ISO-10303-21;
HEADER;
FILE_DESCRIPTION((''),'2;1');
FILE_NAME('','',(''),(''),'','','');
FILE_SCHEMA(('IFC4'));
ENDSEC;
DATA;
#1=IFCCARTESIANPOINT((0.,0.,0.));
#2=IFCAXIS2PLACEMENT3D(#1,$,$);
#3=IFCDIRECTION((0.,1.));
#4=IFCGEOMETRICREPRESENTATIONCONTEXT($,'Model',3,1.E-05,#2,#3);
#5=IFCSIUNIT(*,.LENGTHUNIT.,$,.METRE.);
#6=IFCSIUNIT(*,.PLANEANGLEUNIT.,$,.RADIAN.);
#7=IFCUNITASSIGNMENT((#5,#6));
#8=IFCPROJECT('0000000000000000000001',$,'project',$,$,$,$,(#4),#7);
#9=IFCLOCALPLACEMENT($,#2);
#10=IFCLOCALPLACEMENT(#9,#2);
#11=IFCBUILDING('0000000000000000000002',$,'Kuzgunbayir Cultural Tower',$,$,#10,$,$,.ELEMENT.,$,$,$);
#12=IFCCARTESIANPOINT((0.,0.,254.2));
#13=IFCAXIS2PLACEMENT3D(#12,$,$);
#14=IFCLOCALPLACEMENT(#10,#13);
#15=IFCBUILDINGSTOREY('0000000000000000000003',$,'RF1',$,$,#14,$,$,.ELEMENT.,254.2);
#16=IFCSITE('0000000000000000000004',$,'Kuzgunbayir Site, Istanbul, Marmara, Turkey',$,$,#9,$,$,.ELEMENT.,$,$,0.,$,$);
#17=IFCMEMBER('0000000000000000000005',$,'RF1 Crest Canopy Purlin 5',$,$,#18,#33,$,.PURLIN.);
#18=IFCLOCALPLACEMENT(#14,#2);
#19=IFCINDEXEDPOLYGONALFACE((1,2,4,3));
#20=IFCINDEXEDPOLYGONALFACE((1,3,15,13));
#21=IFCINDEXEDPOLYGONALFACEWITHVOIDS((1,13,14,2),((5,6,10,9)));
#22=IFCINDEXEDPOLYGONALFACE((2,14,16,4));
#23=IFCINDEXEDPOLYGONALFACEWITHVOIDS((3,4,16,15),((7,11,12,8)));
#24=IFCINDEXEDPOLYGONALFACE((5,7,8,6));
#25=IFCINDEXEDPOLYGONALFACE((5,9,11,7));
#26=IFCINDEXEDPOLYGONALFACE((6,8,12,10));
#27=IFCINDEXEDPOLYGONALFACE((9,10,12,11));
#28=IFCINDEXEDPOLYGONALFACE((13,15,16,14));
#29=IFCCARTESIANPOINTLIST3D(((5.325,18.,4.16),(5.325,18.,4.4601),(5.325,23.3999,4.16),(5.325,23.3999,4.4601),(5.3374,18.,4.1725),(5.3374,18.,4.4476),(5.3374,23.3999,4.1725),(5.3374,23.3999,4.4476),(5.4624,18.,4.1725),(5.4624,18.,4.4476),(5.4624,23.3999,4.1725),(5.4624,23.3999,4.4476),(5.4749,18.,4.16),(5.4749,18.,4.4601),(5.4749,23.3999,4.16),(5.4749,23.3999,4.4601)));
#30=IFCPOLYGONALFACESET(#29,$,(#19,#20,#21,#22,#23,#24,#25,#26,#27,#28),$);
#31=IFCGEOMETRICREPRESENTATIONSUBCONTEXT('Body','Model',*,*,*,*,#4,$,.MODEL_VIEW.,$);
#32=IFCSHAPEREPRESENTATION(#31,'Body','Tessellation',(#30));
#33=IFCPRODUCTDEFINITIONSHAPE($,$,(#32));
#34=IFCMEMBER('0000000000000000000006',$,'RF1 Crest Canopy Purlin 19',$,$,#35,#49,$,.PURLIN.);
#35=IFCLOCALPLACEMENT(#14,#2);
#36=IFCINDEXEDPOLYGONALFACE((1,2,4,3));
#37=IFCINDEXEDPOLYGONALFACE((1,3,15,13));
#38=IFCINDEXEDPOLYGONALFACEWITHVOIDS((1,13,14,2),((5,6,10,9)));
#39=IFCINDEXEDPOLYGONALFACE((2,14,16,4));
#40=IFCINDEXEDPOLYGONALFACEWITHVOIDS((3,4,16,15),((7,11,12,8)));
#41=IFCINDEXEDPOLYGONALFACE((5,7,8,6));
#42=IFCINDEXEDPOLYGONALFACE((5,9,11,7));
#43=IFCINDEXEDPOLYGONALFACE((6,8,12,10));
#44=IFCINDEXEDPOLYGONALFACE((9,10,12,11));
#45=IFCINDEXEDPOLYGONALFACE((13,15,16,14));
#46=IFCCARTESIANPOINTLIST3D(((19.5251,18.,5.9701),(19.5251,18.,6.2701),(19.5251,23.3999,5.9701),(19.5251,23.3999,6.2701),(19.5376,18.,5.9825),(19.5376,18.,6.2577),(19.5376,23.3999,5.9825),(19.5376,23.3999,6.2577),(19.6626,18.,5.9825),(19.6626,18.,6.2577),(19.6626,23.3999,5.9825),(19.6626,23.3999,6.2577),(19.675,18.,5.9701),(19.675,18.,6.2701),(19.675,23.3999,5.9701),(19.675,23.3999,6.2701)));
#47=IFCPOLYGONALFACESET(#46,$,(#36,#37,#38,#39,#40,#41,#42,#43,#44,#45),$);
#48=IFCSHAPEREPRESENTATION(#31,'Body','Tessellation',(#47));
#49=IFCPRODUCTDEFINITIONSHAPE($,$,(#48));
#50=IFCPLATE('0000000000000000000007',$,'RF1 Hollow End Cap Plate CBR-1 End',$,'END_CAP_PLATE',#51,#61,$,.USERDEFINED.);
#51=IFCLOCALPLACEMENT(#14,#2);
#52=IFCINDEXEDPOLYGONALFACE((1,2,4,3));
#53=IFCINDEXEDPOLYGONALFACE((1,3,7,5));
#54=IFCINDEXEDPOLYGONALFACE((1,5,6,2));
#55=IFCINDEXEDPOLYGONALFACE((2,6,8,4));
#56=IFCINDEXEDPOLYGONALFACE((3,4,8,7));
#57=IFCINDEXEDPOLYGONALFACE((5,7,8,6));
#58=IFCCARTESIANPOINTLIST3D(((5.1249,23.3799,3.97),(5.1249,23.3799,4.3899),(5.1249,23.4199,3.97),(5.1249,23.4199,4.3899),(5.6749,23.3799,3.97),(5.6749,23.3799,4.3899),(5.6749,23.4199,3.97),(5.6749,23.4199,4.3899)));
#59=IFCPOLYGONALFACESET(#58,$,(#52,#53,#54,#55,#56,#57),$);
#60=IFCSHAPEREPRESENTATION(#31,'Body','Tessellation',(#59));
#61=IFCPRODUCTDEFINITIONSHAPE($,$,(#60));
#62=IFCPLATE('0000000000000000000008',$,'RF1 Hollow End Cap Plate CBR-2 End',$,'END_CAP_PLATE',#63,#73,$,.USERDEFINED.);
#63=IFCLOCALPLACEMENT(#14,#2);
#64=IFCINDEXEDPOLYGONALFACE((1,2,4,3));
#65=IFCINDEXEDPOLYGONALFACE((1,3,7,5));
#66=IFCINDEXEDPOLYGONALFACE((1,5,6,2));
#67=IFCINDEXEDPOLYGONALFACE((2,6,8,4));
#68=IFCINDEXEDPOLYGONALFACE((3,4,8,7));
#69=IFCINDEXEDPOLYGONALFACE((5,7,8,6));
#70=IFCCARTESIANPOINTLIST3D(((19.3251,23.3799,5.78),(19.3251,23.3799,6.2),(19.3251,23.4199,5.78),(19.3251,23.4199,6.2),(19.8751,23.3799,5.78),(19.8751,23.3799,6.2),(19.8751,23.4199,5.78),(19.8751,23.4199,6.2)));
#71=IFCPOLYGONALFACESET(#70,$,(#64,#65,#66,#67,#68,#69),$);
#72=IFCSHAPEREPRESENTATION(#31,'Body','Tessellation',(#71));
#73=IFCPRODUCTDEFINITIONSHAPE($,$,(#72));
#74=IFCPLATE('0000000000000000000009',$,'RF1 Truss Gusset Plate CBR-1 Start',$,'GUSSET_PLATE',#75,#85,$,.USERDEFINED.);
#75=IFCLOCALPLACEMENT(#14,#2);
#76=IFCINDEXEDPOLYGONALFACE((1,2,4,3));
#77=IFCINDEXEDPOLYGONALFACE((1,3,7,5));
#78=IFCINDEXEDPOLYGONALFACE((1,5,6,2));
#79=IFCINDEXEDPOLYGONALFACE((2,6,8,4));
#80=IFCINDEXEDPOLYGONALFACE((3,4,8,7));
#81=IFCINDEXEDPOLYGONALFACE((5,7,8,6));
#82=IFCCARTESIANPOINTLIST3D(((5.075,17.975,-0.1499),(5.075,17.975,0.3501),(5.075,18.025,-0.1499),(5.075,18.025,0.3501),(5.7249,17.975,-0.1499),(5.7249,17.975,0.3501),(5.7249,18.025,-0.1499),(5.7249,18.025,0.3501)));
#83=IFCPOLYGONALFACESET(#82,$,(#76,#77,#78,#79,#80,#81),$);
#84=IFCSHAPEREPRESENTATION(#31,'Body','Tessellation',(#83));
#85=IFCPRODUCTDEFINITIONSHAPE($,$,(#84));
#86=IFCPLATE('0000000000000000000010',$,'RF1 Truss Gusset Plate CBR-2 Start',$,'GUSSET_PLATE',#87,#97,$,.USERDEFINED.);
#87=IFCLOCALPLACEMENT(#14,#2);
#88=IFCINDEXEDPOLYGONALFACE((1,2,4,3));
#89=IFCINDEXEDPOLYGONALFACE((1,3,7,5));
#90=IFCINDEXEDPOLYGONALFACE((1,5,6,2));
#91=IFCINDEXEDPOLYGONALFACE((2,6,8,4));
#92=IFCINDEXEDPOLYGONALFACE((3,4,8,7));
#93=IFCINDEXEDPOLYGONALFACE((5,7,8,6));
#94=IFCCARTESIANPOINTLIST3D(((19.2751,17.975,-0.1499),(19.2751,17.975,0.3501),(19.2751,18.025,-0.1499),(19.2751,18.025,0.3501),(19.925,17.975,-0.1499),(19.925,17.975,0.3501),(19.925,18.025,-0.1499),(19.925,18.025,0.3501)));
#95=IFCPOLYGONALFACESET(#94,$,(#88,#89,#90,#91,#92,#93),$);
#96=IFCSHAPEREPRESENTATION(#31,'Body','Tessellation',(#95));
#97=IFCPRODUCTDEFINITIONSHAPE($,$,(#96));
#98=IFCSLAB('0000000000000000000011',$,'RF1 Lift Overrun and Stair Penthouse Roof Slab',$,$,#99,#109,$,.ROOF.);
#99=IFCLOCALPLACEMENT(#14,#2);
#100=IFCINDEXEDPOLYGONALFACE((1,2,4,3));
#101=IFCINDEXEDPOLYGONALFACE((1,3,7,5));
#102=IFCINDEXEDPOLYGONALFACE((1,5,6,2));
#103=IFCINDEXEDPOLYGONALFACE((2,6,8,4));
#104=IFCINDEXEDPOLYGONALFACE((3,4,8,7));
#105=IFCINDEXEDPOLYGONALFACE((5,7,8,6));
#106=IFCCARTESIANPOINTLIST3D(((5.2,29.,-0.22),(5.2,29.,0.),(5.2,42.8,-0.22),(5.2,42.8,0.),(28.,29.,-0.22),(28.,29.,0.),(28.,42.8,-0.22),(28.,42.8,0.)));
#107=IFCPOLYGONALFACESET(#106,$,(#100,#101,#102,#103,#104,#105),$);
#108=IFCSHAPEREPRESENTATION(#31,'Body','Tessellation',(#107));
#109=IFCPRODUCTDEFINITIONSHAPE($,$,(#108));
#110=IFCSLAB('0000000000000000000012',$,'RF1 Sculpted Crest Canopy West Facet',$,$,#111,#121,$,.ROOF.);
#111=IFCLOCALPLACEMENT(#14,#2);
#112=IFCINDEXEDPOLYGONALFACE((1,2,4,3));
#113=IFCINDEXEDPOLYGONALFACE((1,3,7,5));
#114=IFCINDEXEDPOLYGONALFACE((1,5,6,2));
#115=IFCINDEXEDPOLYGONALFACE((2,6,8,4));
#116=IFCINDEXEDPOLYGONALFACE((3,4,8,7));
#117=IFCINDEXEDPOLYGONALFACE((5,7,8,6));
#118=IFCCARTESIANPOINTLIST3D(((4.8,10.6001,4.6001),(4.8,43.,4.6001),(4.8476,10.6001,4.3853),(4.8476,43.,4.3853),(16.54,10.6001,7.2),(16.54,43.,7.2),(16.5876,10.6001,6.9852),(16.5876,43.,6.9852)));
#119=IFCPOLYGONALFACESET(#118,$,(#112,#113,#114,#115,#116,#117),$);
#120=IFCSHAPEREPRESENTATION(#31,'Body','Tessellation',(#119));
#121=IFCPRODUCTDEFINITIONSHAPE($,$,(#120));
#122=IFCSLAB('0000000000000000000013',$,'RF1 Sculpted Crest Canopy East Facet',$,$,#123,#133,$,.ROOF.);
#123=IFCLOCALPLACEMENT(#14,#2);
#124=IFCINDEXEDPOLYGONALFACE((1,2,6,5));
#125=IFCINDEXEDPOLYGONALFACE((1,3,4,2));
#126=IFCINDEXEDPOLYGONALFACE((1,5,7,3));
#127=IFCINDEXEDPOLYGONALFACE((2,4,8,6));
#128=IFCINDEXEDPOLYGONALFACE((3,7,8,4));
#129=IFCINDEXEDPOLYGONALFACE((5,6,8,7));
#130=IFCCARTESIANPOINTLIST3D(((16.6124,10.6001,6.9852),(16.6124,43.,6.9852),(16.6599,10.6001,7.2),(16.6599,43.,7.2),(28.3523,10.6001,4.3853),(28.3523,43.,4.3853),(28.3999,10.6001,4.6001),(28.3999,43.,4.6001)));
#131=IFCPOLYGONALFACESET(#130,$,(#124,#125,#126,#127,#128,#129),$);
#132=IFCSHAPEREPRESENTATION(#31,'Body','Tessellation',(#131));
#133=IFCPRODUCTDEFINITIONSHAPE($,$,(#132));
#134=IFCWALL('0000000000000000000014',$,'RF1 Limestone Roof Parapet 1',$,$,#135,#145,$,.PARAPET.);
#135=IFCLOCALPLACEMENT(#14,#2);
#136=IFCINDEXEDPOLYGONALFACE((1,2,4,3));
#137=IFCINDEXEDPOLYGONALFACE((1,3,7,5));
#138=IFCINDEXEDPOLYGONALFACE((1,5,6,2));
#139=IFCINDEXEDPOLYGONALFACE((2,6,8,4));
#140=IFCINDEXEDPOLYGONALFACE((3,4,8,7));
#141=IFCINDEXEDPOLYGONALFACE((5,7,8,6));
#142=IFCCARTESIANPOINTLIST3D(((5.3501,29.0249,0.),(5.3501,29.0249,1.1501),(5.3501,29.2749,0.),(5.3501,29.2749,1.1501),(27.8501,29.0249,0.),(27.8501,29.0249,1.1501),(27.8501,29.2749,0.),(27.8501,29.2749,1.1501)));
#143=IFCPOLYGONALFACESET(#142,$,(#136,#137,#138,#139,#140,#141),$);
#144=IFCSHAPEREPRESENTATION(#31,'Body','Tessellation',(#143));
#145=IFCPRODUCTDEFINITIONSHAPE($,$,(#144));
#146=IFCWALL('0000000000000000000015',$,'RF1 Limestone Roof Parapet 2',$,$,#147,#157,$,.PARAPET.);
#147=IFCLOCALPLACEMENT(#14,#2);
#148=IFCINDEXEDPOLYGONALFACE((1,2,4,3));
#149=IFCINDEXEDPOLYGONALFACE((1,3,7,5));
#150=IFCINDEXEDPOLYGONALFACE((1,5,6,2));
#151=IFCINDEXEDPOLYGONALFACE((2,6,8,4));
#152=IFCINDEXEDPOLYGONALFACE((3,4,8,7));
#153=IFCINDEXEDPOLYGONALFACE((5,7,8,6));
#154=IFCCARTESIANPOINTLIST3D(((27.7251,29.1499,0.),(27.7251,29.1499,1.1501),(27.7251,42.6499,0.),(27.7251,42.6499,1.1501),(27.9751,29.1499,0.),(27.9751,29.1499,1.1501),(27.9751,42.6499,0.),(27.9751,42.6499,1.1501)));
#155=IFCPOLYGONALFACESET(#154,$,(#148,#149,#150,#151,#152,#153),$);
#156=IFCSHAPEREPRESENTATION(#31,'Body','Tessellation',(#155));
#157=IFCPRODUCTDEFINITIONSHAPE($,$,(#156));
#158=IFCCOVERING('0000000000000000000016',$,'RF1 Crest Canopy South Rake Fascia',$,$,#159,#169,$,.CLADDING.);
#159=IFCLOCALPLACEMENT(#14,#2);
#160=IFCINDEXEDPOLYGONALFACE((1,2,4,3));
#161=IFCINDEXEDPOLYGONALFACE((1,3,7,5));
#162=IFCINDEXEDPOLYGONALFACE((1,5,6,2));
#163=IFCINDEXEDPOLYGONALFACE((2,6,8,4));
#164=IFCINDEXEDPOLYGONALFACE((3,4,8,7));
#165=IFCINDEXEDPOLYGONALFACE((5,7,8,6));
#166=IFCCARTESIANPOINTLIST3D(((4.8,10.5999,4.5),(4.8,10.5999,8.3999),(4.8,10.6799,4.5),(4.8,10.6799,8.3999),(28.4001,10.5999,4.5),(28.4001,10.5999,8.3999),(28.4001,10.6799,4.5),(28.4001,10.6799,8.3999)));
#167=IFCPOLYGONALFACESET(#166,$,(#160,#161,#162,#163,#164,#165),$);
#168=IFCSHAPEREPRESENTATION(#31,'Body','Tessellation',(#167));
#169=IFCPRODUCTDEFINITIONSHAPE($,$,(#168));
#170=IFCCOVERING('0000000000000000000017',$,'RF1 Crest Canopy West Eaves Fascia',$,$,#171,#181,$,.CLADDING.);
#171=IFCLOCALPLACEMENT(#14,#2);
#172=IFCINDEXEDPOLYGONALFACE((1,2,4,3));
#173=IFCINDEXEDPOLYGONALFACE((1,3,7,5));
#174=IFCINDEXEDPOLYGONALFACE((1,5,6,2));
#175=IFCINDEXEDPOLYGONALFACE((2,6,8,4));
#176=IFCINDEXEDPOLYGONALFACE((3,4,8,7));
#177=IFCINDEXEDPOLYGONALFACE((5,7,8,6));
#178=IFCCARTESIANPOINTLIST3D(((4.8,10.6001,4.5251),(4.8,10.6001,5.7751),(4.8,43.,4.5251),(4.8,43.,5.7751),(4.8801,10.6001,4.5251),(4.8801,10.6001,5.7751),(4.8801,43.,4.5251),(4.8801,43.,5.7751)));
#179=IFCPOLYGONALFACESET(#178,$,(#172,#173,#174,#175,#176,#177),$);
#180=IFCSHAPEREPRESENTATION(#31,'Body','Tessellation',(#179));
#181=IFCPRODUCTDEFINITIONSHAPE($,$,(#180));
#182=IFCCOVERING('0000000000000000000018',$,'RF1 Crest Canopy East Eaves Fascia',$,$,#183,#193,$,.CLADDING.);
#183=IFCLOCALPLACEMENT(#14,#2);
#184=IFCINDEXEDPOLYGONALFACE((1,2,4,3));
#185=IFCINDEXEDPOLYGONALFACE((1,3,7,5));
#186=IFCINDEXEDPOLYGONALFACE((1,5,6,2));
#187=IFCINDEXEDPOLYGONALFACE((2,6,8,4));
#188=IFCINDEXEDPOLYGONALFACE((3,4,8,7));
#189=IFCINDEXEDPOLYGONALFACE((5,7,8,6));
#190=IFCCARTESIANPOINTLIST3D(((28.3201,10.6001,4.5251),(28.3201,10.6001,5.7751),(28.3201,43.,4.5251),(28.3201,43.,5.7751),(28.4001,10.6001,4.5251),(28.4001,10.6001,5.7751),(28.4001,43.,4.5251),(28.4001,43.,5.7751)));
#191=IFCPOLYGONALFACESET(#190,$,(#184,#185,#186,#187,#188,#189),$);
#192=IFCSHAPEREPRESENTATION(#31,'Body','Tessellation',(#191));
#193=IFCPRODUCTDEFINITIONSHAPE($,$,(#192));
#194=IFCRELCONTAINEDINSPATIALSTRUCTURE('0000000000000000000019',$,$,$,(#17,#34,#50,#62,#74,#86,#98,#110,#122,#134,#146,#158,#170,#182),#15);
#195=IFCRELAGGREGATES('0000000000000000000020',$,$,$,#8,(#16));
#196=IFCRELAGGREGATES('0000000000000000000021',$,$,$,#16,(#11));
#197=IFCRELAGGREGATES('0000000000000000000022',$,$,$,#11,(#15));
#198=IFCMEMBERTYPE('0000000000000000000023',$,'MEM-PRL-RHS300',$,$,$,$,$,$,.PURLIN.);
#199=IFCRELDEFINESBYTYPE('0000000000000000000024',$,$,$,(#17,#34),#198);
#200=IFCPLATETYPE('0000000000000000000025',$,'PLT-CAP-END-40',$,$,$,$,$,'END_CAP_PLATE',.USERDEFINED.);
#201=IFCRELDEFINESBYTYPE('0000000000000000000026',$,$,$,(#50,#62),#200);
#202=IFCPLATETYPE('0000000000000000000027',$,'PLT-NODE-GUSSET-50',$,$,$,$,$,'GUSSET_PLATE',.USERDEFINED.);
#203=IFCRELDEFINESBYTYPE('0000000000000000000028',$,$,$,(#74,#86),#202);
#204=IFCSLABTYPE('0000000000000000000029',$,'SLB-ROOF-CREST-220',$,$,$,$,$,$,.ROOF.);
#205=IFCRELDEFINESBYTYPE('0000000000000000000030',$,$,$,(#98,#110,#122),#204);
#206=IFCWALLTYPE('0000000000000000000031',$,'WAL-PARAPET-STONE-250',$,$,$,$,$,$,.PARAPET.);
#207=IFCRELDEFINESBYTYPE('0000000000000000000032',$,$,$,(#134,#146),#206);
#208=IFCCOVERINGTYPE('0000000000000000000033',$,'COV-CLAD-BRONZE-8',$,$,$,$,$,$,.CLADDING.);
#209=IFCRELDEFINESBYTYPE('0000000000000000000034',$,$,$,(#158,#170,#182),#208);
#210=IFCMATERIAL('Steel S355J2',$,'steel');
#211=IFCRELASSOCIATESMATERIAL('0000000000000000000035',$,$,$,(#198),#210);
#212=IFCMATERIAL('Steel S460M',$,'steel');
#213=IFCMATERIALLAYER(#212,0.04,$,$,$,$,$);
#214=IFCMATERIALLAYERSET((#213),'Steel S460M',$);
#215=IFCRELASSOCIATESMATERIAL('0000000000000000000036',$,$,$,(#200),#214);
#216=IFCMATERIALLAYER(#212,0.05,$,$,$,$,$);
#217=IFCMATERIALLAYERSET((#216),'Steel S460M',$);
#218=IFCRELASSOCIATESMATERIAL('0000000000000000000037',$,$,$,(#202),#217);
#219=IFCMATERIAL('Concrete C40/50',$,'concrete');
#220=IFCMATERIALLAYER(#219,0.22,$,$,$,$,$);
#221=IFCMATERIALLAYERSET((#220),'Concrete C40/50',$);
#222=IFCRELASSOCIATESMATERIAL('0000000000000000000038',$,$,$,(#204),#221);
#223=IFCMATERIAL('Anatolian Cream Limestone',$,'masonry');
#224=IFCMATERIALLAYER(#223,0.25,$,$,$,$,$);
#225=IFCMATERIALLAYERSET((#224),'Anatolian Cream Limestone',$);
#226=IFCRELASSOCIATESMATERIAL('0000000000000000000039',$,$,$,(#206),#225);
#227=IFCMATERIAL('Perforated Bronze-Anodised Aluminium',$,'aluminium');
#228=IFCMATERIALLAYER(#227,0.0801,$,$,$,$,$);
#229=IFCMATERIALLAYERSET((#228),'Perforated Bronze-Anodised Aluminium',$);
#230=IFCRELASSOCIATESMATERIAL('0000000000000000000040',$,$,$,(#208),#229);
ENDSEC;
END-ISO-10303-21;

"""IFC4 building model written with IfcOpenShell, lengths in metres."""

from ifc_helpers import new_model, si_unit, direction, frame, frame_2d, origin, origin_2d, place, context, subcontext, project, spatial, polyline, rectangle, hollow_rectangle, outline, extrude, material, layer, layer_set, material_profile, profile_set, type_object, element, save


model = new_model("IFC4")

# Units and contexts
model_context = context("Model", 3, precision=1e-05, world=origin(), true_north=direction((0.0, 1.0)))
body_context = subcontext(model_context, "Body", "Model", "MODEL_VIEW")
ifc_project = project(units=[si_unit("LENGTHUNIT", "METRE"), si_unit("PLANEANGLEUNIT", "RADIAN")], contexts=[model_context])

# Site, building, storey
site_placement = place(None, origin())
site = spatial("IfcSite", under=ifc_project, at=site_placement, Name="Kuzgunbayir Site, Istanbul, Marmara, Turkey", CompositionType="ELEMENT", RefElevation=0.0)
building_placement = place(site_placement, origin())
building = spatial("IfcBuilding", under=site, at=building_placement, Name="Kuzgunbayir Cultural Tower", CompositionType="ELEMENT")
storey_placement = place(building_placement, frame((0.0, 0.0, 254.2)))
storey = spatial("IfcBuildingStorey", under=building, at=storey_placement, Name="RF1", CompositionType="ELEMENT", Elevation=254.2)

# Shared definitions
ifc_material_1 = material(Name="Steel S460M", Category="steel")

# Shared definitions
ifc_material_2 = material(Name="Steel S355J2", Category="steel")

# Members
ifc_material_profile_1 = material_profile(ifc_material_2, hollow_rectangle(XDim=0.1499, YDim=0.3, WallThickness=0.0125, at=origin_2d()), Name="RHS 300x150x12.5")
ifc_profile_set_1 = profile_set([ifc_material_profile_1], Name="Steel S355J2")
member_type_1 = type_object("IfcMemberType", Name="MEM-PRL-RHS300", PredefinedType="PURLIN", material=ifc_profile_set_1)
for number, where, z_axis, x_axis, name in (
    (1, (5.3999, 18.0, 4.3101), (0.0, 1.0, 0.0), (-1.0, 0.0, 0.0), "RF1 Crest Canopy Purlin 5"),
    (2, (19.6001, 18.0, 6.1201), (0.0, 1.0, 0.0), (-1.0, 0.0, 0.0), "RF1 Crest Canopy Purlin 19"),
):
    element("IfcMember", number, at=place(storey_placement, frame(where, z_axis=z_axis, x_axis=x_axis)), inside=storey, type_object=member_type_1, Name=name, PredefinedType="PURLIN", context=body_context, shape_type="SweptSolid", body=[
        extrude(hollow_rectangle(XDim=0.1499, YDim=0.3, WallThickness=0.0125, at=origin_2d()), origin(), (0.0, 0.0, 1.0), 5.3999),
    ])

# Plates
ifc_layer_1 = layer(ifc_material_1, 0.04)
ifc_layer_set_1 = layer_set([ifc_layer_1], Name="Steel S460M")
plate_type_1 = type_object("IfcPlateType", Name="PLT-CAP-END-40", ElementType="END_CAP_PLATE", PredefinedType="USERDEFINED", material=ifc_layer_set_1)
for number, where, z_axis, x_axis, name in (
    (3, (5.3999, 23.3999, 3.97), (0.0, 0.0, 1.0), (1.0, 0.0, 0.0), "RF1 Hollow End Cap Plate CBR-1 End"),
    (4, (19.6001, 23.3999, 5.78), (0.0, 0.0, 1.0), (1.0, 0.0, 0.0), "RF1 Hollow End Cap Plate CBR-2 End"),
):
    element("IfcPlate", number, at=place(storey_placement, frame(where, z_axis=z_axis, x_axis=x_axis)), inside=storey, type_object=plate_type_1, Name=name, ObjectType="END_CAP_PLATE", PredefinedType="USERDEFINED", context=body_context, shape_type="SweptSolid", body=[
        extrude(rectangle(XDim=0.55, YDim=0.04, at=origin_2d()), origin(), (0.0, 0.0, 1.0), 0.4199),
    ])
ifc_layer_2 = layer(ifc_material_1, 0.05)
ifc_layer_set_2 = layer_set([ifc_layer_2], Name="Steel S460M")
plate_type_2 = type_object("IfcPlateType", Name="PLT-NODE-GUSSET-50", ElementType="GUSSET_PLATE", PredefinedType="USERDEFINED", material=ifc_layer_set_2)
for number, where, z_axis, x_axis, name in (
    (5, (5.3999, 18.0, -0.1499), (0.0, 0.0, 1.0), (1.0, 0.0, 0.0), "RF1 Truss Gusset Plate CBR-1 Start"),
    (6, (19.6001, 18.0, -0.1499), (0.0, 0.0, 1.0), (1.0, 0.0, 0.0), "RF1 Truss Gusset Plate CBR-2 Start"),
):
    element("IfcPlate", number, at=place(storey_placement, frame(where, z_axis=z_axis, x_axis=x_axis)), inside=storey, type_object=plate_type_2, Name=name, ObjectType="GUSSET_PLATE", PredefinedType="USERDEFINED", context=body_context, shape_type="SweptSolid", body=[
        extrude(rectangle(XDim=0.6499, YDim=0.05, at=origin_2d()), origin(), (0.0, 0.0, 1.0), 0.5),
    ])

# Slabs
ifc_material_3 = material(Name="Concrete C40/50", Category="concrete")
ifc_layer_3 = layer(ifc_material_3, 0.22)
ifc_layer_set_3 = layer_set([ifc_layer_3], Name="Concrete C40/50")
slab_type = type_object("IfcSlabType", Name="SLB-ROOF-CREST-220", PredefinedType="ROOF", material=ifc_layer_set_3)
slab_placement = place(storey_placement, frame((0.0, 0.0, -0.22)))
element("IfcSlab", 7, at=slab_placement, inside=storey, type_object=slab_type, Name="RF1 Lift Overrun and Stair Penthouse Roof Slab", PredefinedType="ROOF", context=body_context, shape_type="SweptSolid", body=[
    extrude(outline(polyline([(5.2, 29.0), (28.0, 29.0), (28.0, 42.8), (5.2, 42.8), (5.2, 29.0)])), origin(), (0.0, 0.0, 1.0), 0.22),
])
for number, where, z_axis, x_axis, name in (
    (8, (4.8, 10.6001, 4.6001), (-0.216215, 0.0, 0.976346), (0.976346, 0.0, 0.216215), "RF1 Sculpted Crest Canopy West Facet"),
    (9, (16.6599, 10.6001, 7.2), (0.216215, 0.0, 0.976346), (0.976346, 0.0, -0.216215), "RF1 Sculpted Crest Canopy East Facet"),
):
    element("IfcSlab", number, at=place(storey_placement, frame(where, z_axis=z_axis, x_axis=x_axis)), inside=storey, type_object=slab_type, Name=name, PredefinedType="ROOF", context=body_context, shape_type="SweptSolid", body=[
        extrude(outline(polyline([(0.0, 0.0), (12.0244, 0.0), (12.0244, 32.3999), (0.0, 32.3999), (0.0, 0.0)])), origin(), (0.0, 0.0, -1.0), 0.22),
    ])

# Walls
ifc_material_4 = material(Name="Anatolian Cream Limestone", Category="masonry")
ifc_layer_4 = layer(ifc_material_4, 0.25)
ifc_layer_set_4 = layer_set([ifc_layer_4], Name="Anatolian Cream Limestone")
wall_type = type_object("IfcWallType", Name="WAL-PARAPET-STONE-250", PredefinedType="PARAPET", material=ifc_layer_set_4)
wall_1_placement = place(storey_placement, frame((5.3501, 29.1499, 0.0), z_axis=(0.0, 0.0, 1.0), x_axis=(1.0, 0.0, 0.0)))
element("IfcWall", 10, at=wall_1_placement, inside=storey, type_object=wall_type, Name="RF1 Limestone Roof Parapet 1", PredefinedType="PARAPET", context=body_context, shape_type="SweptSolid", body=[
    extrude(rectangle(XDim=22.5, YDim=0.25, at=frame_2d((11.25, 0.0))), origin(), (0.0, 0.0, 1.0), 1.1501),
])
wall_2_placement = place(storey_placement, frame((27.8501, 29.1499, 0.0), z_axis=(0.0, 0.0, 1.0), x_axis=(0.0, 1.0, 0.0)))
element("IfcWall", 11, at=wall_2_placement, inside=storey, type_object=wall_type, Name="RF1 Limestone Roof Parapet 2", PredefinedType="PARAPET", context=body_context, shape_type="SweptSolid", body=[
    extrude(rectangle(XDim=13.5, YDim=0.25, at=frame_2d((6.75, 0.0))), origin(), (0.0, 0.0, 1.0), 1.1501),
])

# Coverings
ifc_material_5 = material(Name="Perforated Bronze-Anodised Aluminium", Category="aluminium")
ifc_layer_5 = layer(ifc_material_5, 0.0801)
ifc_layer_set_5 = layer_set([ifc_layer_5], Name="Perforated Bronze-Anodised Aluminium")
covering_type_1 = type_object("IfcCoveringType", Name="COV-CLAD-BRONZE-8", PredefinedType="CLADDING", material=ifc_layer_set_5)
covering_1_placement = place(storey_placement, frame((16.6001, 10.6399, 4.5), z_axis=(0.0, 0.0, 1.0), x_axis=(1.0, 0.0, 0.0)))
element("IfcCovering", 12, at=covering_1_placement, inside=storey, type_object=covering_type_1, Name="RF1 Crest Canopy South Rake Fascia", PredefinedType="CLADDING", context=body_context, shape_type="SweptSolid", body=[
    extrude(rectangle(XDim=23.6001, YDim=0.0801, at=origin_2d()), origin(), (0.0, 0.0, 1.0), 3.8999),
])
for number, where, z_axis, x_axis, name in (
    (13, (4.8401, 26.8, 4.5251), (0.0, 0.0, 1.0), (1.0, 0.0, 0.0), "RF1 Crest Canopy West Eaves Fascia"),
    (14, (28.3601, 26.8, 4.5251), (0.0, 0.0, 1.0), (1.0, 0.0, 0.0), "RF1 Crest Canopy East Eaves Fascia"),
):
    element("IfcCovering", number, at=place(storey_placement, frame(where, z_axis=z_axis, x_axis=x_axis)), inside=storey, type_object=covering_type_1, Name=name, PredefinedType="CLADDING", context=body_context, shape_type="SweptSolid", body=[
        extrude(rectangle(XDim=0.0801, YDim=32.3999, at=origin_2d()), origin(), (0.0, 0.0, 1.0), 1.25),
    ])

save(model, "model.ifc")
